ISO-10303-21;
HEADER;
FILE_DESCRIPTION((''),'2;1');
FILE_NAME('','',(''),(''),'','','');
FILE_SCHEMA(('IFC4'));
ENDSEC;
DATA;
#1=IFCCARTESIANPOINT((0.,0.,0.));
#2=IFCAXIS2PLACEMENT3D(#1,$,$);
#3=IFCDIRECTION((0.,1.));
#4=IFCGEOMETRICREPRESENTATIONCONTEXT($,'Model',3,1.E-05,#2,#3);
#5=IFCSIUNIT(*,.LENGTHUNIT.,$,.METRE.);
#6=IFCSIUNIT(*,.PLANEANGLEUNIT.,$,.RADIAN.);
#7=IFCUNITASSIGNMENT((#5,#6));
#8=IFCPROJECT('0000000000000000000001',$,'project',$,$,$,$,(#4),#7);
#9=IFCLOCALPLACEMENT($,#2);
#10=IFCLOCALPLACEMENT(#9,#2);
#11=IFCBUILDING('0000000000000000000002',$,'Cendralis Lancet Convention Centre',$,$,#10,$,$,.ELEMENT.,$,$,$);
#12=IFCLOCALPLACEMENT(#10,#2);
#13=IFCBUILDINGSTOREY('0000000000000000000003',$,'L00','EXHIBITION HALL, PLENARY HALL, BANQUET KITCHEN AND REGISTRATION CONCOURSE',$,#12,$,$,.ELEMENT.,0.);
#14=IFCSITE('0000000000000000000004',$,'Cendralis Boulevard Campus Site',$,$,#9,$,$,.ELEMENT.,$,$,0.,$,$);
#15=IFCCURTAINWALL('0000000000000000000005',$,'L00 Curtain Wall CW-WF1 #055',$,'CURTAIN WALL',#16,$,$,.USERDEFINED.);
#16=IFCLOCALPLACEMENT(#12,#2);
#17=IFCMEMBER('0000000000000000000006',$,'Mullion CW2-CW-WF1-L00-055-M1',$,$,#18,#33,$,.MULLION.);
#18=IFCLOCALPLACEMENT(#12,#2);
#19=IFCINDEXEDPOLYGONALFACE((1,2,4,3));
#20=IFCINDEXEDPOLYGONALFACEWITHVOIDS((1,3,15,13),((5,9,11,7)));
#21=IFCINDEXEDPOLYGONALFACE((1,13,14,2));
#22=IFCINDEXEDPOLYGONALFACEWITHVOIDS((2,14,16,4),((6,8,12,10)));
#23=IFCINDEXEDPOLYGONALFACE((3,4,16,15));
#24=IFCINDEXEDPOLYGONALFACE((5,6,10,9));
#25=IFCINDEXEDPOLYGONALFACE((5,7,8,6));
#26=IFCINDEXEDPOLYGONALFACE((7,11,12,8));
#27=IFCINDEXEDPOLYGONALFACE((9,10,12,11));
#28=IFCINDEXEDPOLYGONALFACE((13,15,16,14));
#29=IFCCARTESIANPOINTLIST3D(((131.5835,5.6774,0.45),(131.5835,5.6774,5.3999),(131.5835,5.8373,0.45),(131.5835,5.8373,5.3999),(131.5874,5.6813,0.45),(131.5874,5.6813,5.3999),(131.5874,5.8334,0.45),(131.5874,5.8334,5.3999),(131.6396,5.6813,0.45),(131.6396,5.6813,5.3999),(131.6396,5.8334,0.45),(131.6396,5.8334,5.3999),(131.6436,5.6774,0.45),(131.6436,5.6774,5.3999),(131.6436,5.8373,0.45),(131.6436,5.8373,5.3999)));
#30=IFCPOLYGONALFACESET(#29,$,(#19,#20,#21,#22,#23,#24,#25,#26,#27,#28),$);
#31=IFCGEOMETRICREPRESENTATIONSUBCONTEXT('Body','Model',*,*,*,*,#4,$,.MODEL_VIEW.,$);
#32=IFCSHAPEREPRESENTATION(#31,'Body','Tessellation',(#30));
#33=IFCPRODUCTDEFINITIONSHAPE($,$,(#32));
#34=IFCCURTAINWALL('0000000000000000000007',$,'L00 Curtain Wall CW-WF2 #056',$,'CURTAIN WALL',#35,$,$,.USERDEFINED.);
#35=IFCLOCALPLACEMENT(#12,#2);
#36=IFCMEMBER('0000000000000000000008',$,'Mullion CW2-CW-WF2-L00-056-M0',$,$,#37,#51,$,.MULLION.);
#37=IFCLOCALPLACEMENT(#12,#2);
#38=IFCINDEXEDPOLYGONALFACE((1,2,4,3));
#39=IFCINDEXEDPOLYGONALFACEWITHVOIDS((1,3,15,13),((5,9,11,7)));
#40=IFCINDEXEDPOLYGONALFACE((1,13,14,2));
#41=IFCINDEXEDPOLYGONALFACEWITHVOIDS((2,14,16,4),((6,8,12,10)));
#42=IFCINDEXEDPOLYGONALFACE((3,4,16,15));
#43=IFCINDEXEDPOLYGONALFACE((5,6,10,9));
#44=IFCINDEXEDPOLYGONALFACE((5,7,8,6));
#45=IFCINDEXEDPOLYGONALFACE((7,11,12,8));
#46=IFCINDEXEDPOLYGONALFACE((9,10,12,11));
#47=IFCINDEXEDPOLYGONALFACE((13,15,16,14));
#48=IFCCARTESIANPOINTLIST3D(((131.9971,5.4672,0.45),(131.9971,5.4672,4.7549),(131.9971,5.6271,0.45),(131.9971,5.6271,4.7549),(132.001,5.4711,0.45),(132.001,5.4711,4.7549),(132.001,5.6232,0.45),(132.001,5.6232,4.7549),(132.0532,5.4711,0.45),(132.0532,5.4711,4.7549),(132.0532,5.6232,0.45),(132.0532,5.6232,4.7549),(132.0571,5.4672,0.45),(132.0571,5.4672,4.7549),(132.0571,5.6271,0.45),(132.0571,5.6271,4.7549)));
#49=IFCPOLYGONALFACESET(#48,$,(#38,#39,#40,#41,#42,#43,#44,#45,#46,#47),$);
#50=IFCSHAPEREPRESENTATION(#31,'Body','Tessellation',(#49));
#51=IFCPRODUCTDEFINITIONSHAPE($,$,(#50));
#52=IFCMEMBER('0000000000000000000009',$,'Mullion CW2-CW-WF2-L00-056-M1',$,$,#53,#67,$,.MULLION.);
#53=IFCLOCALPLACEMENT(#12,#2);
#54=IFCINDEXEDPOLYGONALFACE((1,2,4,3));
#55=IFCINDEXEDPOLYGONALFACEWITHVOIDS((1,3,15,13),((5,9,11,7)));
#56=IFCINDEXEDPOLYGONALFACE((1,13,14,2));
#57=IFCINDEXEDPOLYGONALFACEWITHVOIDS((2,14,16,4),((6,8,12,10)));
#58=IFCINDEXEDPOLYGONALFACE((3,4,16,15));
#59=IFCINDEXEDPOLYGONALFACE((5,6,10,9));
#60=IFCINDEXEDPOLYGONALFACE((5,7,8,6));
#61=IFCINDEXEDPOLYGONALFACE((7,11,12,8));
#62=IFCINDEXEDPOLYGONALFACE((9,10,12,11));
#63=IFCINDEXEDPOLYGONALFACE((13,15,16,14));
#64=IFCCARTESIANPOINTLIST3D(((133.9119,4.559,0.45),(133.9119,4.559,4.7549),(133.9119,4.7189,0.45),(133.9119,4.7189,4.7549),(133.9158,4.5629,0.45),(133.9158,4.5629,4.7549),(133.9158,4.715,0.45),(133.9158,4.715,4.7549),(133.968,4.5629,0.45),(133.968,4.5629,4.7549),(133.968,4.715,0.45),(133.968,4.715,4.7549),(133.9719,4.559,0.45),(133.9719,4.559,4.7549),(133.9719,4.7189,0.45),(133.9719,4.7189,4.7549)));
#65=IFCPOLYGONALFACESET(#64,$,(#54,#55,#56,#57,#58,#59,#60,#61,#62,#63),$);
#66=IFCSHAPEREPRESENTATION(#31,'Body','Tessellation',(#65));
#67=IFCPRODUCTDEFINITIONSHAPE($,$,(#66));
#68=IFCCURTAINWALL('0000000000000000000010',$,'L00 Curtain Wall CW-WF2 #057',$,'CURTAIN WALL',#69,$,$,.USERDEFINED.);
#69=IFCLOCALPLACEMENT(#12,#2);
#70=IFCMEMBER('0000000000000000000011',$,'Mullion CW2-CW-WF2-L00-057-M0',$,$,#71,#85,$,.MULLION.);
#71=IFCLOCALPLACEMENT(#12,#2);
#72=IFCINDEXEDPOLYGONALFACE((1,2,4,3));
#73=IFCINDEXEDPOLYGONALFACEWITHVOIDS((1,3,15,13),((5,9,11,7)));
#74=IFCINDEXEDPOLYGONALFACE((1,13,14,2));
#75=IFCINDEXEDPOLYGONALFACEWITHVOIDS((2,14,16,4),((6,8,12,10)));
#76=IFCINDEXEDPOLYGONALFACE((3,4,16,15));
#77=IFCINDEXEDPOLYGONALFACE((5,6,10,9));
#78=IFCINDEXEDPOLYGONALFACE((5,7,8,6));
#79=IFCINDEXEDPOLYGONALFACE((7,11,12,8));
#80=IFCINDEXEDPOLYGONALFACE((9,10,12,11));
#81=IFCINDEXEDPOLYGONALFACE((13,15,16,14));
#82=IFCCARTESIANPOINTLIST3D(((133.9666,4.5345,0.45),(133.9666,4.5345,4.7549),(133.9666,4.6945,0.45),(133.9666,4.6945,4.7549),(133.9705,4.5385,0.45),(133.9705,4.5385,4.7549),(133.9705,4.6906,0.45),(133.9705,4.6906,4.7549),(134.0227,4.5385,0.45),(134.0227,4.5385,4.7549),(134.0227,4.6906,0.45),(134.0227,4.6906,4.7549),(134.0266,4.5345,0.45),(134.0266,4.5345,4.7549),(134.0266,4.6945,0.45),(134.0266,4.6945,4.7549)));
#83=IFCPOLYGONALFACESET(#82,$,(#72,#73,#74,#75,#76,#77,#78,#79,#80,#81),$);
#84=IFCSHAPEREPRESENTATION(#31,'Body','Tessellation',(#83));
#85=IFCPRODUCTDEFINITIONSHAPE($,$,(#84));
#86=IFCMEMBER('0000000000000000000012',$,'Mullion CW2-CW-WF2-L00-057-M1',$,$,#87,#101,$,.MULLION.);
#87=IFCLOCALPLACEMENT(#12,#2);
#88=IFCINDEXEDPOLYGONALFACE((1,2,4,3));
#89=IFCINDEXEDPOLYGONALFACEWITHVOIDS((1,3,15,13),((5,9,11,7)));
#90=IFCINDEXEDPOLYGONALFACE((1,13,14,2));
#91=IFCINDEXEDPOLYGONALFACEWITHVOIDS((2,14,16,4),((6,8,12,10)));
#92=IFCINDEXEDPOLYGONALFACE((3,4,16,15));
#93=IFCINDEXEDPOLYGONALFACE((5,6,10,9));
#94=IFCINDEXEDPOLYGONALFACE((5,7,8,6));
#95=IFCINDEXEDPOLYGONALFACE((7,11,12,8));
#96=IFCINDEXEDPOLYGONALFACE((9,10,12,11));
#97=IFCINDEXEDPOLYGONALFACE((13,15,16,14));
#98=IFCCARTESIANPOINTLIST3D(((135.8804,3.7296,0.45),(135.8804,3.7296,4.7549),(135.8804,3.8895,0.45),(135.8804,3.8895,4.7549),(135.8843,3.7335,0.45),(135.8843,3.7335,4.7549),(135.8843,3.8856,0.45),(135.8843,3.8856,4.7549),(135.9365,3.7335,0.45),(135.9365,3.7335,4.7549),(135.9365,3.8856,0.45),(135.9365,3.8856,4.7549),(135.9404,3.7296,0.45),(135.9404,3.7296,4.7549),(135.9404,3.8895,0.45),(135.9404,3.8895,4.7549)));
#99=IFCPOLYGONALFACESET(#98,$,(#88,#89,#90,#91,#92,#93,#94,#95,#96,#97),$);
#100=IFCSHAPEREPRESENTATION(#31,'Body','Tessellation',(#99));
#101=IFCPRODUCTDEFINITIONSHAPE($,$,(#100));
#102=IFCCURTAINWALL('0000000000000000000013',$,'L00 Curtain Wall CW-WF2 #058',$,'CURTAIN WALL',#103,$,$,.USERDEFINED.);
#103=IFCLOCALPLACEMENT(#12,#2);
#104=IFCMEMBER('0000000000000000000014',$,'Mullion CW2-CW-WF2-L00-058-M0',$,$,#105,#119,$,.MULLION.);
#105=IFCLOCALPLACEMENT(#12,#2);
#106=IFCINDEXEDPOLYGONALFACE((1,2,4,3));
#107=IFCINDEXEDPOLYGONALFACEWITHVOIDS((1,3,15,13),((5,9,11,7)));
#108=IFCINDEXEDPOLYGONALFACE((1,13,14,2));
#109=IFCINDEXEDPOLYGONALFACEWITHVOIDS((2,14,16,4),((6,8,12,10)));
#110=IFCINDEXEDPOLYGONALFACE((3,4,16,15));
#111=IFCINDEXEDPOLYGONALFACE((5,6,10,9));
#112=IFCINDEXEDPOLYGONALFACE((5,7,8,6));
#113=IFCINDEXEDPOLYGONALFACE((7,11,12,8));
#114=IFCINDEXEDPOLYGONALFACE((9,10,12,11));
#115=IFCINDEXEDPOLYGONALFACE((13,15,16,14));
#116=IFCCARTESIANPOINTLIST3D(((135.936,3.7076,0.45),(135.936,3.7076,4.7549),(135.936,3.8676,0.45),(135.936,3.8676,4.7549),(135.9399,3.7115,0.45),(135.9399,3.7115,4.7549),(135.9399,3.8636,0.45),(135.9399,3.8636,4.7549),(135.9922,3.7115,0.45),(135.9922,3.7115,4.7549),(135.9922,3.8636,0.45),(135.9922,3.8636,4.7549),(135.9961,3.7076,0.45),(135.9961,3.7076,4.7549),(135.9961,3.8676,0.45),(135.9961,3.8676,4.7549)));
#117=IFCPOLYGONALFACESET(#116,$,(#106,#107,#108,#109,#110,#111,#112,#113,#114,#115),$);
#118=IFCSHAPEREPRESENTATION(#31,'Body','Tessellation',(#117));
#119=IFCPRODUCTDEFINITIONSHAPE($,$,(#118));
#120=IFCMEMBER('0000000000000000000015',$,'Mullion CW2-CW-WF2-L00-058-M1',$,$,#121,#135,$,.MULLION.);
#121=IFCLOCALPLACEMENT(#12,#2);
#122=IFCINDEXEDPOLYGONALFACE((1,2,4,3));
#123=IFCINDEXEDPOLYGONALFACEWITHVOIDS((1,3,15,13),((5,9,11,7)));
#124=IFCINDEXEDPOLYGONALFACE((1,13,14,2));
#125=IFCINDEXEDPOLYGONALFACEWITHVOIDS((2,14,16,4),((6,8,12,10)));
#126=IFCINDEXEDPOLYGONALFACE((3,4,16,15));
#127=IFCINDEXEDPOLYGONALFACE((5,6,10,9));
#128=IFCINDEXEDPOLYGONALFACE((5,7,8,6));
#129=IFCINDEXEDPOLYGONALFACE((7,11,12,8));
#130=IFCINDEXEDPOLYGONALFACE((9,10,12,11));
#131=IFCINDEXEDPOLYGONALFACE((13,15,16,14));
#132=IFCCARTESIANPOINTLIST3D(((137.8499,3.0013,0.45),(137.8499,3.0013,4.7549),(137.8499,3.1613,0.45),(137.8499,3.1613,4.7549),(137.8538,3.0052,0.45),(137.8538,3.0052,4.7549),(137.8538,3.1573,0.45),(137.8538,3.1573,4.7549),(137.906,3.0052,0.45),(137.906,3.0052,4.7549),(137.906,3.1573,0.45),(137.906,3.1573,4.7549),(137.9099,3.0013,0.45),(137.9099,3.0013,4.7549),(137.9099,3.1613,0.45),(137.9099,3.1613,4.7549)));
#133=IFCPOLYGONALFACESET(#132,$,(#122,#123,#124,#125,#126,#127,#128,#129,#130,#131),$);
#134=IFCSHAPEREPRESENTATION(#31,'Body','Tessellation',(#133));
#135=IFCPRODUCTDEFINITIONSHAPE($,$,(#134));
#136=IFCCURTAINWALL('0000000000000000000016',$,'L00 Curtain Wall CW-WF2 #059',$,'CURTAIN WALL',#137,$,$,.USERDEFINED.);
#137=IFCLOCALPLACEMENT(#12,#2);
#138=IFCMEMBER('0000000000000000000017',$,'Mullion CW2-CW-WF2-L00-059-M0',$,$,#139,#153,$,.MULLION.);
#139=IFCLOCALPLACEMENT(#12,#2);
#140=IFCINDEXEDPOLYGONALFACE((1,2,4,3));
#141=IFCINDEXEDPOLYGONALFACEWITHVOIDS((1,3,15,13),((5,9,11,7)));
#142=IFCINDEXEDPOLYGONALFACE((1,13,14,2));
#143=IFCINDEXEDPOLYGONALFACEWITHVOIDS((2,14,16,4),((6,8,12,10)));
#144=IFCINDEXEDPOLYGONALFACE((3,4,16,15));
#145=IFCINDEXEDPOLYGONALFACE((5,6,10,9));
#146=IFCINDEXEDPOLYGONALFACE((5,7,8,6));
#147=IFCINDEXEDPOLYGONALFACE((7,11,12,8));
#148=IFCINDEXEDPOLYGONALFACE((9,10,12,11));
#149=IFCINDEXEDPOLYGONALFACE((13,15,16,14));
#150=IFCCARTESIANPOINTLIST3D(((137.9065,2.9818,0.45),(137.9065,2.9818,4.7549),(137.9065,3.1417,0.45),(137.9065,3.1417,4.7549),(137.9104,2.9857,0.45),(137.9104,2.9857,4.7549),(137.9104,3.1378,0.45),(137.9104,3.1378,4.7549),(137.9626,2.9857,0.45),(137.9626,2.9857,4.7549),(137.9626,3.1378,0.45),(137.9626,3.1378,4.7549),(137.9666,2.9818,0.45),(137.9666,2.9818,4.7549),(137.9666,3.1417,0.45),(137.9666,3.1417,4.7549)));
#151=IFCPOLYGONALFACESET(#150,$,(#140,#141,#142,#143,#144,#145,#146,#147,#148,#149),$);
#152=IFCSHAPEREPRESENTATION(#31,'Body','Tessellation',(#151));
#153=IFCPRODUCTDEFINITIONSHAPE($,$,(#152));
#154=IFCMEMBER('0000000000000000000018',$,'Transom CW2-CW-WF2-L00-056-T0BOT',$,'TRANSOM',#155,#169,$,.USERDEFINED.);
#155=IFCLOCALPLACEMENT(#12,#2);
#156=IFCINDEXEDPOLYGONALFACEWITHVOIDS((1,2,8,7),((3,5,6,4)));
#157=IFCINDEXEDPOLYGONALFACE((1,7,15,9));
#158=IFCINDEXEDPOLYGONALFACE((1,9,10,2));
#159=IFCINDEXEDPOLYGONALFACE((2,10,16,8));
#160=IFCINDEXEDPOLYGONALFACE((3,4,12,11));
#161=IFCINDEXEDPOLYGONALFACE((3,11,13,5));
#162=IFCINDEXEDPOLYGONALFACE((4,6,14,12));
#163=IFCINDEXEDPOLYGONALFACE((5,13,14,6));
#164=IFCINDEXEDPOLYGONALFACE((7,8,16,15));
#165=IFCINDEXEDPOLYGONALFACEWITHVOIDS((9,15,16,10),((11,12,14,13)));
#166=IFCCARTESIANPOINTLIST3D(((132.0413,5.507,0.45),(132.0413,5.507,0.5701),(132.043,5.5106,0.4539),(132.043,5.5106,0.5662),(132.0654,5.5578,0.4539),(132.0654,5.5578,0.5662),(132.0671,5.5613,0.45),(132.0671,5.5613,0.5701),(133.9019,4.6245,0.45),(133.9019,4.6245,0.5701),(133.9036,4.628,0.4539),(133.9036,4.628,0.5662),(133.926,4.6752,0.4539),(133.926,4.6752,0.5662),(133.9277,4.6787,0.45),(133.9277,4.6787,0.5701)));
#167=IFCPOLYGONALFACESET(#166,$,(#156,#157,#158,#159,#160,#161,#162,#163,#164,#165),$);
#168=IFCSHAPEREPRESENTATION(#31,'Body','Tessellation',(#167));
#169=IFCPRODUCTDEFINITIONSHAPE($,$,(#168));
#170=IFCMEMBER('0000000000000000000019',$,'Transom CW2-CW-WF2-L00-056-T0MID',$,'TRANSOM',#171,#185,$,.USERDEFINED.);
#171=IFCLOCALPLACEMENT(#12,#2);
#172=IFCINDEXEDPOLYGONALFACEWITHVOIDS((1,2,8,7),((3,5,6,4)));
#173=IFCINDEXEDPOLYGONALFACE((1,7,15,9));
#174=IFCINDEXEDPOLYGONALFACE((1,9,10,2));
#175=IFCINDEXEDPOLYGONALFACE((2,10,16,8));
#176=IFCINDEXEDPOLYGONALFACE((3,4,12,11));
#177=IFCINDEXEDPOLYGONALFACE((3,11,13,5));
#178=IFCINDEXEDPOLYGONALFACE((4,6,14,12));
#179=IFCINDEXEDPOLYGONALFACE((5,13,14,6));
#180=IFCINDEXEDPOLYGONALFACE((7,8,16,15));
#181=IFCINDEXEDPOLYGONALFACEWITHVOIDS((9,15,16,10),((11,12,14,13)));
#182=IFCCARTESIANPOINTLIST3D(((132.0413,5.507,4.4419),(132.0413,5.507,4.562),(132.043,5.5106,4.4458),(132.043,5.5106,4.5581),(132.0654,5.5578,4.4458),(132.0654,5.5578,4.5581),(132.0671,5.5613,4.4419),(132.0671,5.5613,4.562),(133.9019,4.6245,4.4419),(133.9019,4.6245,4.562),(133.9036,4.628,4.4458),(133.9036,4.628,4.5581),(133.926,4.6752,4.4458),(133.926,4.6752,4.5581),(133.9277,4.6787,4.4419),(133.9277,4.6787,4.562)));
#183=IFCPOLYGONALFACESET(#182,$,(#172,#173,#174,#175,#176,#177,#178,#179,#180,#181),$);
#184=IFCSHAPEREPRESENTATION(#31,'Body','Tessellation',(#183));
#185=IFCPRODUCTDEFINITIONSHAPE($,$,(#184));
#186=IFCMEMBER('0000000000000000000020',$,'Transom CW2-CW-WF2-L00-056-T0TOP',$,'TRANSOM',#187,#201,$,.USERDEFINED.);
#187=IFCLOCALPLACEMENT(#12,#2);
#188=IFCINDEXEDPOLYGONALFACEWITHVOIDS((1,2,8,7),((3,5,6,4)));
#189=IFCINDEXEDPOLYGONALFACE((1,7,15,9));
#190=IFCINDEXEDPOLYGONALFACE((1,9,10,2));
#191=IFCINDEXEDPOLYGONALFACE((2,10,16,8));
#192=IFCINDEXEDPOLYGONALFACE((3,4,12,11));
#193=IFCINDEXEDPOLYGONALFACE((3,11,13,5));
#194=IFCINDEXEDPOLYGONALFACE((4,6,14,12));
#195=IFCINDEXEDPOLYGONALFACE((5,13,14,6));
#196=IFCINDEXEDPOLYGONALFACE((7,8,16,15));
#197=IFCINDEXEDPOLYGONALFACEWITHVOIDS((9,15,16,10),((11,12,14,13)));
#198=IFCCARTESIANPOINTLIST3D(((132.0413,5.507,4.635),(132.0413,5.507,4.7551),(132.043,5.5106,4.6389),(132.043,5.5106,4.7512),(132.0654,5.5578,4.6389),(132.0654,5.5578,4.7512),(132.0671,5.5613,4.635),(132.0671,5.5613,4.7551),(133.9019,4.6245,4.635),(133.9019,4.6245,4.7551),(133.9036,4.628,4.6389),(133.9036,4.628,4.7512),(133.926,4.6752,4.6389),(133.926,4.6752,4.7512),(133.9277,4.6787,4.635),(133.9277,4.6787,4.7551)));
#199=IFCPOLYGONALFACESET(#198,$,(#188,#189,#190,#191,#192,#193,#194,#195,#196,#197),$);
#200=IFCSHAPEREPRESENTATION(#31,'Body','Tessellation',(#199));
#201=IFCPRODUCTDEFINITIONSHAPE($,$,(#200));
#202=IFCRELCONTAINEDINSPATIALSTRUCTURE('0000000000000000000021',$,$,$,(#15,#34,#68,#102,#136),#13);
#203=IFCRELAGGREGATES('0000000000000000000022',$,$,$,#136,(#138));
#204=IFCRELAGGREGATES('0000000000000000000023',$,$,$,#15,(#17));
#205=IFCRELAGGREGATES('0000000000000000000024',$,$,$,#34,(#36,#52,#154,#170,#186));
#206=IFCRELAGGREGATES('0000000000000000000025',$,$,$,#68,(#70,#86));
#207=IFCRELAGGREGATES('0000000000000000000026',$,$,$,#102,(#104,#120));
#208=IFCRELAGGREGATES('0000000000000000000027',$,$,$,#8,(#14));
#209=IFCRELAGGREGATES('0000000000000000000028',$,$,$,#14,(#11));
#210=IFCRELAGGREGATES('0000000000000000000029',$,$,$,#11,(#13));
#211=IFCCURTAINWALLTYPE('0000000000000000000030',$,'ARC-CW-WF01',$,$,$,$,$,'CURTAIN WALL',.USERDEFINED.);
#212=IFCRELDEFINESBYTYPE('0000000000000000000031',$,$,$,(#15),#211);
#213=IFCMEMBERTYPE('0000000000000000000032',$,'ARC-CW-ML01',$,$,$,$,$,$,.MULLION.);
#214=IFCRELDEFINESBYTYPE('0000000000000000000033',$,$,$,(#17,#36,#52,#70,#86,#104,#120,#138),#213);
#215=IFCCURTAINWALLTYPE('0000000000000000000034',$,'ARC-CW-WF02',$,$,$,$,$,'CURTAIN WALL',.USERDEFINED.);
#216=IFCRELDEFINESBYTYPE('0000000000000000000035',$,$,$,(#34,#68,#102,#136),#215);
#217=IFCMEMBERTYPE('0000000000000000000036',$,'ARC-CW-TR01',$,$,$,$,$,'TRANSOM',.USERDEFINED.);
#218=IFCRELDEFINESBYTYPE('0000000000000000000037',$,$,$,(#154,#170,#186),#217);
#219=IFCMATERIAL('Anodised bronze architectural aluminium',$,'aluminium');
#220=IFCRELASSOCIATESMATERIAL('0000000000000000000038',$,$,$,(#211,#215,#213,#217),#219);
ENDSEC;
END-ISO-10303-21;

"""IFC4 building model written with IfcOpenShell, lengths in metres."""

from ifc_helpers import new_model, si_unit, direction, frame, origin, origin_2d, place, context, subcontext, project, spatial, hollow_rectangle, extrude, material, material_profile, profile_set, type_object, element, aggregate, save


model = new_model("IFC4")

# Units and contexts
model_context = context("Model", 3, precision=1e-05, world=origin(), true_north=direction((0.0, 1.0)))
body_context = subcontext(model_context, "Body", "Model", "MODEL_VIEW")
ifc_project = project(units=[si_unit("LENGTHUNIT", "METRE"), si_unit("PLANEANGLEUNIT", "RADIAN")], contexts=[model_context])

# Site, building, storey
site_placement = place(None, origin())
site = spatial("IfcSite", under=ifc_project, at=site_placement, Name="Cendralis Boulevard Campus Site", CompositionType="ELEMENT", RefElevation=0.0)
building_placement = place(site_placement, origin())
building = spatial("IfcBuilding", under=site, at=building_placement, Name="Cendralis Lancet Convention Centre", CompositionType="ELEMENT")
storey_placement = place(building_placement, origin())
storey = spatial("IfcBuildingStorey", under=building, at=storey_placement, Name="L00", Description="EXHIBITION HALL, PLENARY HALL, BANQUET KITCHEN AND REGISTRATION CONCOURSE", CompositionType="ELEMENT", Elevation=0.0)

# Curtain wall, member
ifc_material_1 = material(Name="Anodised bronze architectural aluminium", Category="aluminium")
curtain_wall_type_1 = type_object("IfcCurtainWallType", Name="ARC-CW-WF01", ElementType="CURTAIN WALL", PredefinedType="USERDEFINED", material=ifc_material_1)
curtain_wall_1_placement = place(storey_placement, origin())
curtain_wall_1 = element("IfcCurtainWall", 1, at=curtain_wall_1_placement, inside=storey, type_object=curtain_wall_type_1, Name="L00 Curtain Wall CW-WF1 #055", ObjectType="CURTAIN WALL", PredefinedType="USERDEFINED")
ifc_material_profile_1 = material_profile(ifc_material_1, hollow_rectangle(XDim=0.0601, YDim=0.1599, WallThickness=0.0039, at=origin_2d()), Name="AL-MULL 60x160x4.0")
ifc_profile_set_1 = profile_set([ifc_material_profile_1], Name="Anodised bronze architectural aluminium")
member_type_1 = type_object("IfcMemberType", Name="ARC-CW-ML01", PredefinedType="MULLION", material=ifc_profile_set_1)
member_1_placement = place(storey_placement, frame((131.6135, 5.7573, 0.45), z_axis=(0.0, 0.0, 1.0), x_axis=(1.0, 0.0, 0.0)))
member_1 = element("IfcMember", 2, at=member_1_placement, type_object=member_type_1, Name="Mullion CW2-CW-WF1-L00-055-M1", PredefinedType="MULLION", context=body_context, shape_type="SweptSolid", body=[
    extrude(hollow_rectangle(XDim=0.0601, YDim=0.1599, WallThickness=0.0039, at=origin_2d()), origin(), (0.0, 0.0, 1.0), 4.95),
])

# Curtain walls, members
curtain_wall_type_2 = type_object("IfcCurtainWallType", Name="ARC-CW-WF02", ElementType="CURTAIN WALL", PredefinedType="USERDEFINED", material=ifc_material_1)
curtain_wall_2_placement = place(storey_placement, origin())
curtain_wall_2 = element("IfcCurtainWall", 3, at=curtain_wall_2_placement, inside=storey, type_object=curtain_wall_type_2, Name="L00 Curtain Wall CW-WF2 #056", ObjectType="CURTAIN WALL", PredefinedType="USERDEFINED")
member_2_placement = place(storey_placement, frame((132.0271, 5.5471, 0.45), z_axis=(0.0, 0.0, 1.0), x_axis=(1.0, 0.0, 0.0)))
member_2 = element("IfcMember", 4, at=member_2_placement, type_object=member_type_1, Name="Mullion CW2-CW-WF2-L00-056-M0", PredefinedType="MULLION", context=body_context, shape_type="SweptSolid", body=[
    extrude(hollow_rectangle(XDim=0.0601, YDim=0.1599, WallThickness=0.0039, at=origin_2d()), origin(), (0.0, 0.0, 1.0), 4.3049),
])
member_3_placement = place(storey_placement, frame((133.9419, 4.6389, 0.45), z_axis=(0.0, 0.0, 1.0), x_axis=(1.0, 0.0, 0.0)))
member_3 = element("IfcMember", 5, at=member_3_placement, type_object=member_type_1, Name="Mullion CW2-CW-WF2-L00-056-M1", PredefinedType="MULLION", context=body_context, shape_type="SweptSolid", body=[
    extrude(hollow_rectangle(XDim=0.0601, YDim=0.1599, WallThickness=0.0039, at=origin_2d()), origin(), (0.0, 0.0, 1.0), 4.3049),
])
curtain_wall_3_placement = place(storey_placement, origin())
curtain_wall_3 = element("IfcCurtainWall", 6, at=curtain_wall_3_placement, inside=storey, type_object=curtain_wall_type_2, Name="L00 Curtain Wall CW-WF2 #057", ObjectType="CURTAIN WALL", PredefinedType="USERDEFINED")
member_4_placement = place(storey_placement, frame((133.9966, 4.6145, 0.45), z_axis=(0.0, 0.0, 1.0), x_axis=(1.0, 0.0, 0.0)))
member_4 = element("IfcMember", 7, at=member_4_placement, type_object=member_type_1, Name="Mullion CW2-CW-WF2-L00-057-M0", PredefinedType="MULLION", context=body_context, shape_type="SweptSolid", body=[
    extrude(hollow_rectangle(XDim=0.0601, YDim=0.1599, WallThickness=0.0039, at=origin_2d()), origin(), (0.0, 0.0, 1.0), 4.3049),
])
member_5_placement = place(storey_placement, frame((135.9104, 3.8096, 0.45), z_axis=(0.0, 0.0, 1.0), x_axis=(1.0, 0.0, 0.0)))
member_5 = element("IfcMember", 8, at=member_5_placement, type_object=member_type_1, Name="Mullion CW2-CW-WF2-L00-057-M1", PredefinedType="MULLION", context=body_context, shape_type="SweptSolid", body=[
    extrude(hollow_rectangle(XDim=0.0601, YDim=0.1599, WallThickness=0.0039, at=origin_2d()), origin(), (0.0, 0.0, 1.0), 4.3049),
])
curtain_wall_4_placement = place(storey_placement, origin())
curtain_wall_4 = element("IfcCurtainWall", 9, at=curtain_wall_4_placement, inside=storey, type_object=curtain_wall_type_2, Name="L00 Curtain Wall CW-WF2 #058", ObjectType="CURTAIN WALL", PredefinedType="USERDEFINED")
member_6_placement = place(storey_placement, frame((135.9661, 3.7876, 0.45), z_axis=(0.0, 0.0, 1.0), x_axis=(1.0, 0.0, 0.0)))
member_6 = element("IfcMember", 10, at=member_6_placement, type_object=member_type_1, Name="Mullion CW2-CW-WF2-L00-058-M0", PredefinedType="MULLION", context=body_context, shape_type="SweptSolid", body=[
    extrude(hollow_rectangle(XDim=0.0601, YDim=0.1599, WallThickness=0.0039, at=origin_2d()), origin(), (0.0, 0.0, 1.0), 4.3049),
])
member_7_placement = place(storey_placement, frame((137.8799, 3.0813, 0.45), z_axis=(0.0, 0.0, 1.0), x_axis=(1.0, 0.0, 0.0)))
member_7 = element("IfcMember", 11, at=member_7_placement, type_object=member_type_1, Name="Mullion CW2-CW-WF2-L00-058-M1", PredefinedType="MULLION", context=body_context, shape_type="SweptSolid", body=[
    extrude(hollow_rectangle(XDim=0.0601, YDim=0.1599, WallThickness=0.0039, at=origin_2d()), origin(), (0.0, 0.0, 1.0), 4.3049),
])

# Curtain wall, member
curtain_wall_5_placement = place(storey_placement, origin())
curtain_wall_5 = element("IfcCurtainWall", 12, at=curtain_wall_5_placement, inside=storey, type_object=curtain_wall_type_2, Name="L00 Curtain Wall CW-WF2 #059", ObjectType="CURTAIN WALL", PredefinedType="USERDEFINED")
member_8_placement = place(storey_placement, frame((137.9365, 3.0618, 0.45), z_axis=(0.0, 0.0, 1.0), x_axis=(1.0, 0.0, 0.0)))
member_8 = element("IfcMember", 13, at=member_8_placement, type_object=member_type_1, Name="Mullion CW2-CW-WF2-L00-059-M0", PredefinedType="MULLION", context=body_context, shape_type="SweptSolid", body=[
    extrude(hollow_rectangle(XDim=0.0601, YDim=0.1599, WallThickness=0.0039, at=origin_2d()), origin(), (0.0, 0.0, 1.0), 4.3049),
])

# Members
ifc_material_profile_2 = material_profile(ifc_material_1, hollow_rectangle(XDim=0.0601, YDim=0.1201, WallThickness=0.0039, at=origin_2d()), Name="AL-TRAN 60x120x4.0")
ifc_profile_set_2 = profile_set([ifc_material_profile_2], Name="Anodised bronze architectural aluminium")
member_type_2 = type_object("IfcMemberType", Name="ARC-CW-TR01", ElementType="TRANSOM", PredefinedType="USERDEFINED", material=ifc_profile_set_2)
member_9_placement = place(storey_placement, frame((132.0542, 5.5342, 0.51), z_axis=(0.903506, -0.428576, 0.0), x_axis=(0.428576, 0.903506, 0.0)))
member_9 = element("IfcMember", 14, at=member_9_placement, type_object=member_type_2, Name="Transom CW2-CW-WF2-L00-056-T0BOT", ObjectType="TRANSOM", PredefinedType="USERDEFINED", context=body_context, shape_type="SweptSolid", body=[
    extrude(hollow_rectangle(XDim=0.0601, YDim=0.1201, WallThickness=0.0039, at=origin_2d()), origin(), (0.0, 0.0, 1.0), 2.0593),
])
member_10_placement = place(storey_placement, frame((132.0542, 5.5342, 4.502), z_axis=(0.903506, -0.428576, 0.0), x_axis=(0.428576, 0.903506, 0.0)))
member_10 = element("IfcMember", 15, at=member_10_placement, type_object=member_type_2, Name="Transom CW2-CW-WF2-L00-056-T0MID", ObjectType="TRANSOM", PredefinedType="USERDEFINED", context=body_context, shape_type="SweptSolid", body=[
    extrude(hollow_rectangle(XDim=0.0601, YDim=0.1201, WallThickness=0.0039, at=origin_2d()), origin(), (0.0, 0.0, 1.0), 2.0593),
])
member_11_placement = place(storey_placement, frame((132.0542, 5.5342, 4.6951), z_axis=(0.903506, -0.428576, 0.0), x_axis=(0.428576, 0.903506, 0.0)))
member_11 = element("IfcMember", 16, at=member_11_placement, type_object=member_type_2, Name="Transom CW2-CW-WF2-L00-056-T0TOP", ObjectType="TRANSOM", PredefinedType="USERDEFINED", context=body_context, shape_type="SweptSolid", body=[
    extrude(hollow_rectangle(XDim=0.0601, YDim=0.1201, WallThickness=0.0039, at=origin_2d()), origin(), (0.0, 0.0, 1.0), 2.0593),
])
aggregate(curtain_wall_5, [member_8])

aggregate(curtain_wall_1, [member_1])
aggregate(curtain_wall_2, [member_2, member_3, member_9, member_10, member_11])
aggregate(curtain_wall_3, [member_4, member_5])
aggregate(curtain_wall_4, [member_6, member_7])

save(model, "model.ifc")
